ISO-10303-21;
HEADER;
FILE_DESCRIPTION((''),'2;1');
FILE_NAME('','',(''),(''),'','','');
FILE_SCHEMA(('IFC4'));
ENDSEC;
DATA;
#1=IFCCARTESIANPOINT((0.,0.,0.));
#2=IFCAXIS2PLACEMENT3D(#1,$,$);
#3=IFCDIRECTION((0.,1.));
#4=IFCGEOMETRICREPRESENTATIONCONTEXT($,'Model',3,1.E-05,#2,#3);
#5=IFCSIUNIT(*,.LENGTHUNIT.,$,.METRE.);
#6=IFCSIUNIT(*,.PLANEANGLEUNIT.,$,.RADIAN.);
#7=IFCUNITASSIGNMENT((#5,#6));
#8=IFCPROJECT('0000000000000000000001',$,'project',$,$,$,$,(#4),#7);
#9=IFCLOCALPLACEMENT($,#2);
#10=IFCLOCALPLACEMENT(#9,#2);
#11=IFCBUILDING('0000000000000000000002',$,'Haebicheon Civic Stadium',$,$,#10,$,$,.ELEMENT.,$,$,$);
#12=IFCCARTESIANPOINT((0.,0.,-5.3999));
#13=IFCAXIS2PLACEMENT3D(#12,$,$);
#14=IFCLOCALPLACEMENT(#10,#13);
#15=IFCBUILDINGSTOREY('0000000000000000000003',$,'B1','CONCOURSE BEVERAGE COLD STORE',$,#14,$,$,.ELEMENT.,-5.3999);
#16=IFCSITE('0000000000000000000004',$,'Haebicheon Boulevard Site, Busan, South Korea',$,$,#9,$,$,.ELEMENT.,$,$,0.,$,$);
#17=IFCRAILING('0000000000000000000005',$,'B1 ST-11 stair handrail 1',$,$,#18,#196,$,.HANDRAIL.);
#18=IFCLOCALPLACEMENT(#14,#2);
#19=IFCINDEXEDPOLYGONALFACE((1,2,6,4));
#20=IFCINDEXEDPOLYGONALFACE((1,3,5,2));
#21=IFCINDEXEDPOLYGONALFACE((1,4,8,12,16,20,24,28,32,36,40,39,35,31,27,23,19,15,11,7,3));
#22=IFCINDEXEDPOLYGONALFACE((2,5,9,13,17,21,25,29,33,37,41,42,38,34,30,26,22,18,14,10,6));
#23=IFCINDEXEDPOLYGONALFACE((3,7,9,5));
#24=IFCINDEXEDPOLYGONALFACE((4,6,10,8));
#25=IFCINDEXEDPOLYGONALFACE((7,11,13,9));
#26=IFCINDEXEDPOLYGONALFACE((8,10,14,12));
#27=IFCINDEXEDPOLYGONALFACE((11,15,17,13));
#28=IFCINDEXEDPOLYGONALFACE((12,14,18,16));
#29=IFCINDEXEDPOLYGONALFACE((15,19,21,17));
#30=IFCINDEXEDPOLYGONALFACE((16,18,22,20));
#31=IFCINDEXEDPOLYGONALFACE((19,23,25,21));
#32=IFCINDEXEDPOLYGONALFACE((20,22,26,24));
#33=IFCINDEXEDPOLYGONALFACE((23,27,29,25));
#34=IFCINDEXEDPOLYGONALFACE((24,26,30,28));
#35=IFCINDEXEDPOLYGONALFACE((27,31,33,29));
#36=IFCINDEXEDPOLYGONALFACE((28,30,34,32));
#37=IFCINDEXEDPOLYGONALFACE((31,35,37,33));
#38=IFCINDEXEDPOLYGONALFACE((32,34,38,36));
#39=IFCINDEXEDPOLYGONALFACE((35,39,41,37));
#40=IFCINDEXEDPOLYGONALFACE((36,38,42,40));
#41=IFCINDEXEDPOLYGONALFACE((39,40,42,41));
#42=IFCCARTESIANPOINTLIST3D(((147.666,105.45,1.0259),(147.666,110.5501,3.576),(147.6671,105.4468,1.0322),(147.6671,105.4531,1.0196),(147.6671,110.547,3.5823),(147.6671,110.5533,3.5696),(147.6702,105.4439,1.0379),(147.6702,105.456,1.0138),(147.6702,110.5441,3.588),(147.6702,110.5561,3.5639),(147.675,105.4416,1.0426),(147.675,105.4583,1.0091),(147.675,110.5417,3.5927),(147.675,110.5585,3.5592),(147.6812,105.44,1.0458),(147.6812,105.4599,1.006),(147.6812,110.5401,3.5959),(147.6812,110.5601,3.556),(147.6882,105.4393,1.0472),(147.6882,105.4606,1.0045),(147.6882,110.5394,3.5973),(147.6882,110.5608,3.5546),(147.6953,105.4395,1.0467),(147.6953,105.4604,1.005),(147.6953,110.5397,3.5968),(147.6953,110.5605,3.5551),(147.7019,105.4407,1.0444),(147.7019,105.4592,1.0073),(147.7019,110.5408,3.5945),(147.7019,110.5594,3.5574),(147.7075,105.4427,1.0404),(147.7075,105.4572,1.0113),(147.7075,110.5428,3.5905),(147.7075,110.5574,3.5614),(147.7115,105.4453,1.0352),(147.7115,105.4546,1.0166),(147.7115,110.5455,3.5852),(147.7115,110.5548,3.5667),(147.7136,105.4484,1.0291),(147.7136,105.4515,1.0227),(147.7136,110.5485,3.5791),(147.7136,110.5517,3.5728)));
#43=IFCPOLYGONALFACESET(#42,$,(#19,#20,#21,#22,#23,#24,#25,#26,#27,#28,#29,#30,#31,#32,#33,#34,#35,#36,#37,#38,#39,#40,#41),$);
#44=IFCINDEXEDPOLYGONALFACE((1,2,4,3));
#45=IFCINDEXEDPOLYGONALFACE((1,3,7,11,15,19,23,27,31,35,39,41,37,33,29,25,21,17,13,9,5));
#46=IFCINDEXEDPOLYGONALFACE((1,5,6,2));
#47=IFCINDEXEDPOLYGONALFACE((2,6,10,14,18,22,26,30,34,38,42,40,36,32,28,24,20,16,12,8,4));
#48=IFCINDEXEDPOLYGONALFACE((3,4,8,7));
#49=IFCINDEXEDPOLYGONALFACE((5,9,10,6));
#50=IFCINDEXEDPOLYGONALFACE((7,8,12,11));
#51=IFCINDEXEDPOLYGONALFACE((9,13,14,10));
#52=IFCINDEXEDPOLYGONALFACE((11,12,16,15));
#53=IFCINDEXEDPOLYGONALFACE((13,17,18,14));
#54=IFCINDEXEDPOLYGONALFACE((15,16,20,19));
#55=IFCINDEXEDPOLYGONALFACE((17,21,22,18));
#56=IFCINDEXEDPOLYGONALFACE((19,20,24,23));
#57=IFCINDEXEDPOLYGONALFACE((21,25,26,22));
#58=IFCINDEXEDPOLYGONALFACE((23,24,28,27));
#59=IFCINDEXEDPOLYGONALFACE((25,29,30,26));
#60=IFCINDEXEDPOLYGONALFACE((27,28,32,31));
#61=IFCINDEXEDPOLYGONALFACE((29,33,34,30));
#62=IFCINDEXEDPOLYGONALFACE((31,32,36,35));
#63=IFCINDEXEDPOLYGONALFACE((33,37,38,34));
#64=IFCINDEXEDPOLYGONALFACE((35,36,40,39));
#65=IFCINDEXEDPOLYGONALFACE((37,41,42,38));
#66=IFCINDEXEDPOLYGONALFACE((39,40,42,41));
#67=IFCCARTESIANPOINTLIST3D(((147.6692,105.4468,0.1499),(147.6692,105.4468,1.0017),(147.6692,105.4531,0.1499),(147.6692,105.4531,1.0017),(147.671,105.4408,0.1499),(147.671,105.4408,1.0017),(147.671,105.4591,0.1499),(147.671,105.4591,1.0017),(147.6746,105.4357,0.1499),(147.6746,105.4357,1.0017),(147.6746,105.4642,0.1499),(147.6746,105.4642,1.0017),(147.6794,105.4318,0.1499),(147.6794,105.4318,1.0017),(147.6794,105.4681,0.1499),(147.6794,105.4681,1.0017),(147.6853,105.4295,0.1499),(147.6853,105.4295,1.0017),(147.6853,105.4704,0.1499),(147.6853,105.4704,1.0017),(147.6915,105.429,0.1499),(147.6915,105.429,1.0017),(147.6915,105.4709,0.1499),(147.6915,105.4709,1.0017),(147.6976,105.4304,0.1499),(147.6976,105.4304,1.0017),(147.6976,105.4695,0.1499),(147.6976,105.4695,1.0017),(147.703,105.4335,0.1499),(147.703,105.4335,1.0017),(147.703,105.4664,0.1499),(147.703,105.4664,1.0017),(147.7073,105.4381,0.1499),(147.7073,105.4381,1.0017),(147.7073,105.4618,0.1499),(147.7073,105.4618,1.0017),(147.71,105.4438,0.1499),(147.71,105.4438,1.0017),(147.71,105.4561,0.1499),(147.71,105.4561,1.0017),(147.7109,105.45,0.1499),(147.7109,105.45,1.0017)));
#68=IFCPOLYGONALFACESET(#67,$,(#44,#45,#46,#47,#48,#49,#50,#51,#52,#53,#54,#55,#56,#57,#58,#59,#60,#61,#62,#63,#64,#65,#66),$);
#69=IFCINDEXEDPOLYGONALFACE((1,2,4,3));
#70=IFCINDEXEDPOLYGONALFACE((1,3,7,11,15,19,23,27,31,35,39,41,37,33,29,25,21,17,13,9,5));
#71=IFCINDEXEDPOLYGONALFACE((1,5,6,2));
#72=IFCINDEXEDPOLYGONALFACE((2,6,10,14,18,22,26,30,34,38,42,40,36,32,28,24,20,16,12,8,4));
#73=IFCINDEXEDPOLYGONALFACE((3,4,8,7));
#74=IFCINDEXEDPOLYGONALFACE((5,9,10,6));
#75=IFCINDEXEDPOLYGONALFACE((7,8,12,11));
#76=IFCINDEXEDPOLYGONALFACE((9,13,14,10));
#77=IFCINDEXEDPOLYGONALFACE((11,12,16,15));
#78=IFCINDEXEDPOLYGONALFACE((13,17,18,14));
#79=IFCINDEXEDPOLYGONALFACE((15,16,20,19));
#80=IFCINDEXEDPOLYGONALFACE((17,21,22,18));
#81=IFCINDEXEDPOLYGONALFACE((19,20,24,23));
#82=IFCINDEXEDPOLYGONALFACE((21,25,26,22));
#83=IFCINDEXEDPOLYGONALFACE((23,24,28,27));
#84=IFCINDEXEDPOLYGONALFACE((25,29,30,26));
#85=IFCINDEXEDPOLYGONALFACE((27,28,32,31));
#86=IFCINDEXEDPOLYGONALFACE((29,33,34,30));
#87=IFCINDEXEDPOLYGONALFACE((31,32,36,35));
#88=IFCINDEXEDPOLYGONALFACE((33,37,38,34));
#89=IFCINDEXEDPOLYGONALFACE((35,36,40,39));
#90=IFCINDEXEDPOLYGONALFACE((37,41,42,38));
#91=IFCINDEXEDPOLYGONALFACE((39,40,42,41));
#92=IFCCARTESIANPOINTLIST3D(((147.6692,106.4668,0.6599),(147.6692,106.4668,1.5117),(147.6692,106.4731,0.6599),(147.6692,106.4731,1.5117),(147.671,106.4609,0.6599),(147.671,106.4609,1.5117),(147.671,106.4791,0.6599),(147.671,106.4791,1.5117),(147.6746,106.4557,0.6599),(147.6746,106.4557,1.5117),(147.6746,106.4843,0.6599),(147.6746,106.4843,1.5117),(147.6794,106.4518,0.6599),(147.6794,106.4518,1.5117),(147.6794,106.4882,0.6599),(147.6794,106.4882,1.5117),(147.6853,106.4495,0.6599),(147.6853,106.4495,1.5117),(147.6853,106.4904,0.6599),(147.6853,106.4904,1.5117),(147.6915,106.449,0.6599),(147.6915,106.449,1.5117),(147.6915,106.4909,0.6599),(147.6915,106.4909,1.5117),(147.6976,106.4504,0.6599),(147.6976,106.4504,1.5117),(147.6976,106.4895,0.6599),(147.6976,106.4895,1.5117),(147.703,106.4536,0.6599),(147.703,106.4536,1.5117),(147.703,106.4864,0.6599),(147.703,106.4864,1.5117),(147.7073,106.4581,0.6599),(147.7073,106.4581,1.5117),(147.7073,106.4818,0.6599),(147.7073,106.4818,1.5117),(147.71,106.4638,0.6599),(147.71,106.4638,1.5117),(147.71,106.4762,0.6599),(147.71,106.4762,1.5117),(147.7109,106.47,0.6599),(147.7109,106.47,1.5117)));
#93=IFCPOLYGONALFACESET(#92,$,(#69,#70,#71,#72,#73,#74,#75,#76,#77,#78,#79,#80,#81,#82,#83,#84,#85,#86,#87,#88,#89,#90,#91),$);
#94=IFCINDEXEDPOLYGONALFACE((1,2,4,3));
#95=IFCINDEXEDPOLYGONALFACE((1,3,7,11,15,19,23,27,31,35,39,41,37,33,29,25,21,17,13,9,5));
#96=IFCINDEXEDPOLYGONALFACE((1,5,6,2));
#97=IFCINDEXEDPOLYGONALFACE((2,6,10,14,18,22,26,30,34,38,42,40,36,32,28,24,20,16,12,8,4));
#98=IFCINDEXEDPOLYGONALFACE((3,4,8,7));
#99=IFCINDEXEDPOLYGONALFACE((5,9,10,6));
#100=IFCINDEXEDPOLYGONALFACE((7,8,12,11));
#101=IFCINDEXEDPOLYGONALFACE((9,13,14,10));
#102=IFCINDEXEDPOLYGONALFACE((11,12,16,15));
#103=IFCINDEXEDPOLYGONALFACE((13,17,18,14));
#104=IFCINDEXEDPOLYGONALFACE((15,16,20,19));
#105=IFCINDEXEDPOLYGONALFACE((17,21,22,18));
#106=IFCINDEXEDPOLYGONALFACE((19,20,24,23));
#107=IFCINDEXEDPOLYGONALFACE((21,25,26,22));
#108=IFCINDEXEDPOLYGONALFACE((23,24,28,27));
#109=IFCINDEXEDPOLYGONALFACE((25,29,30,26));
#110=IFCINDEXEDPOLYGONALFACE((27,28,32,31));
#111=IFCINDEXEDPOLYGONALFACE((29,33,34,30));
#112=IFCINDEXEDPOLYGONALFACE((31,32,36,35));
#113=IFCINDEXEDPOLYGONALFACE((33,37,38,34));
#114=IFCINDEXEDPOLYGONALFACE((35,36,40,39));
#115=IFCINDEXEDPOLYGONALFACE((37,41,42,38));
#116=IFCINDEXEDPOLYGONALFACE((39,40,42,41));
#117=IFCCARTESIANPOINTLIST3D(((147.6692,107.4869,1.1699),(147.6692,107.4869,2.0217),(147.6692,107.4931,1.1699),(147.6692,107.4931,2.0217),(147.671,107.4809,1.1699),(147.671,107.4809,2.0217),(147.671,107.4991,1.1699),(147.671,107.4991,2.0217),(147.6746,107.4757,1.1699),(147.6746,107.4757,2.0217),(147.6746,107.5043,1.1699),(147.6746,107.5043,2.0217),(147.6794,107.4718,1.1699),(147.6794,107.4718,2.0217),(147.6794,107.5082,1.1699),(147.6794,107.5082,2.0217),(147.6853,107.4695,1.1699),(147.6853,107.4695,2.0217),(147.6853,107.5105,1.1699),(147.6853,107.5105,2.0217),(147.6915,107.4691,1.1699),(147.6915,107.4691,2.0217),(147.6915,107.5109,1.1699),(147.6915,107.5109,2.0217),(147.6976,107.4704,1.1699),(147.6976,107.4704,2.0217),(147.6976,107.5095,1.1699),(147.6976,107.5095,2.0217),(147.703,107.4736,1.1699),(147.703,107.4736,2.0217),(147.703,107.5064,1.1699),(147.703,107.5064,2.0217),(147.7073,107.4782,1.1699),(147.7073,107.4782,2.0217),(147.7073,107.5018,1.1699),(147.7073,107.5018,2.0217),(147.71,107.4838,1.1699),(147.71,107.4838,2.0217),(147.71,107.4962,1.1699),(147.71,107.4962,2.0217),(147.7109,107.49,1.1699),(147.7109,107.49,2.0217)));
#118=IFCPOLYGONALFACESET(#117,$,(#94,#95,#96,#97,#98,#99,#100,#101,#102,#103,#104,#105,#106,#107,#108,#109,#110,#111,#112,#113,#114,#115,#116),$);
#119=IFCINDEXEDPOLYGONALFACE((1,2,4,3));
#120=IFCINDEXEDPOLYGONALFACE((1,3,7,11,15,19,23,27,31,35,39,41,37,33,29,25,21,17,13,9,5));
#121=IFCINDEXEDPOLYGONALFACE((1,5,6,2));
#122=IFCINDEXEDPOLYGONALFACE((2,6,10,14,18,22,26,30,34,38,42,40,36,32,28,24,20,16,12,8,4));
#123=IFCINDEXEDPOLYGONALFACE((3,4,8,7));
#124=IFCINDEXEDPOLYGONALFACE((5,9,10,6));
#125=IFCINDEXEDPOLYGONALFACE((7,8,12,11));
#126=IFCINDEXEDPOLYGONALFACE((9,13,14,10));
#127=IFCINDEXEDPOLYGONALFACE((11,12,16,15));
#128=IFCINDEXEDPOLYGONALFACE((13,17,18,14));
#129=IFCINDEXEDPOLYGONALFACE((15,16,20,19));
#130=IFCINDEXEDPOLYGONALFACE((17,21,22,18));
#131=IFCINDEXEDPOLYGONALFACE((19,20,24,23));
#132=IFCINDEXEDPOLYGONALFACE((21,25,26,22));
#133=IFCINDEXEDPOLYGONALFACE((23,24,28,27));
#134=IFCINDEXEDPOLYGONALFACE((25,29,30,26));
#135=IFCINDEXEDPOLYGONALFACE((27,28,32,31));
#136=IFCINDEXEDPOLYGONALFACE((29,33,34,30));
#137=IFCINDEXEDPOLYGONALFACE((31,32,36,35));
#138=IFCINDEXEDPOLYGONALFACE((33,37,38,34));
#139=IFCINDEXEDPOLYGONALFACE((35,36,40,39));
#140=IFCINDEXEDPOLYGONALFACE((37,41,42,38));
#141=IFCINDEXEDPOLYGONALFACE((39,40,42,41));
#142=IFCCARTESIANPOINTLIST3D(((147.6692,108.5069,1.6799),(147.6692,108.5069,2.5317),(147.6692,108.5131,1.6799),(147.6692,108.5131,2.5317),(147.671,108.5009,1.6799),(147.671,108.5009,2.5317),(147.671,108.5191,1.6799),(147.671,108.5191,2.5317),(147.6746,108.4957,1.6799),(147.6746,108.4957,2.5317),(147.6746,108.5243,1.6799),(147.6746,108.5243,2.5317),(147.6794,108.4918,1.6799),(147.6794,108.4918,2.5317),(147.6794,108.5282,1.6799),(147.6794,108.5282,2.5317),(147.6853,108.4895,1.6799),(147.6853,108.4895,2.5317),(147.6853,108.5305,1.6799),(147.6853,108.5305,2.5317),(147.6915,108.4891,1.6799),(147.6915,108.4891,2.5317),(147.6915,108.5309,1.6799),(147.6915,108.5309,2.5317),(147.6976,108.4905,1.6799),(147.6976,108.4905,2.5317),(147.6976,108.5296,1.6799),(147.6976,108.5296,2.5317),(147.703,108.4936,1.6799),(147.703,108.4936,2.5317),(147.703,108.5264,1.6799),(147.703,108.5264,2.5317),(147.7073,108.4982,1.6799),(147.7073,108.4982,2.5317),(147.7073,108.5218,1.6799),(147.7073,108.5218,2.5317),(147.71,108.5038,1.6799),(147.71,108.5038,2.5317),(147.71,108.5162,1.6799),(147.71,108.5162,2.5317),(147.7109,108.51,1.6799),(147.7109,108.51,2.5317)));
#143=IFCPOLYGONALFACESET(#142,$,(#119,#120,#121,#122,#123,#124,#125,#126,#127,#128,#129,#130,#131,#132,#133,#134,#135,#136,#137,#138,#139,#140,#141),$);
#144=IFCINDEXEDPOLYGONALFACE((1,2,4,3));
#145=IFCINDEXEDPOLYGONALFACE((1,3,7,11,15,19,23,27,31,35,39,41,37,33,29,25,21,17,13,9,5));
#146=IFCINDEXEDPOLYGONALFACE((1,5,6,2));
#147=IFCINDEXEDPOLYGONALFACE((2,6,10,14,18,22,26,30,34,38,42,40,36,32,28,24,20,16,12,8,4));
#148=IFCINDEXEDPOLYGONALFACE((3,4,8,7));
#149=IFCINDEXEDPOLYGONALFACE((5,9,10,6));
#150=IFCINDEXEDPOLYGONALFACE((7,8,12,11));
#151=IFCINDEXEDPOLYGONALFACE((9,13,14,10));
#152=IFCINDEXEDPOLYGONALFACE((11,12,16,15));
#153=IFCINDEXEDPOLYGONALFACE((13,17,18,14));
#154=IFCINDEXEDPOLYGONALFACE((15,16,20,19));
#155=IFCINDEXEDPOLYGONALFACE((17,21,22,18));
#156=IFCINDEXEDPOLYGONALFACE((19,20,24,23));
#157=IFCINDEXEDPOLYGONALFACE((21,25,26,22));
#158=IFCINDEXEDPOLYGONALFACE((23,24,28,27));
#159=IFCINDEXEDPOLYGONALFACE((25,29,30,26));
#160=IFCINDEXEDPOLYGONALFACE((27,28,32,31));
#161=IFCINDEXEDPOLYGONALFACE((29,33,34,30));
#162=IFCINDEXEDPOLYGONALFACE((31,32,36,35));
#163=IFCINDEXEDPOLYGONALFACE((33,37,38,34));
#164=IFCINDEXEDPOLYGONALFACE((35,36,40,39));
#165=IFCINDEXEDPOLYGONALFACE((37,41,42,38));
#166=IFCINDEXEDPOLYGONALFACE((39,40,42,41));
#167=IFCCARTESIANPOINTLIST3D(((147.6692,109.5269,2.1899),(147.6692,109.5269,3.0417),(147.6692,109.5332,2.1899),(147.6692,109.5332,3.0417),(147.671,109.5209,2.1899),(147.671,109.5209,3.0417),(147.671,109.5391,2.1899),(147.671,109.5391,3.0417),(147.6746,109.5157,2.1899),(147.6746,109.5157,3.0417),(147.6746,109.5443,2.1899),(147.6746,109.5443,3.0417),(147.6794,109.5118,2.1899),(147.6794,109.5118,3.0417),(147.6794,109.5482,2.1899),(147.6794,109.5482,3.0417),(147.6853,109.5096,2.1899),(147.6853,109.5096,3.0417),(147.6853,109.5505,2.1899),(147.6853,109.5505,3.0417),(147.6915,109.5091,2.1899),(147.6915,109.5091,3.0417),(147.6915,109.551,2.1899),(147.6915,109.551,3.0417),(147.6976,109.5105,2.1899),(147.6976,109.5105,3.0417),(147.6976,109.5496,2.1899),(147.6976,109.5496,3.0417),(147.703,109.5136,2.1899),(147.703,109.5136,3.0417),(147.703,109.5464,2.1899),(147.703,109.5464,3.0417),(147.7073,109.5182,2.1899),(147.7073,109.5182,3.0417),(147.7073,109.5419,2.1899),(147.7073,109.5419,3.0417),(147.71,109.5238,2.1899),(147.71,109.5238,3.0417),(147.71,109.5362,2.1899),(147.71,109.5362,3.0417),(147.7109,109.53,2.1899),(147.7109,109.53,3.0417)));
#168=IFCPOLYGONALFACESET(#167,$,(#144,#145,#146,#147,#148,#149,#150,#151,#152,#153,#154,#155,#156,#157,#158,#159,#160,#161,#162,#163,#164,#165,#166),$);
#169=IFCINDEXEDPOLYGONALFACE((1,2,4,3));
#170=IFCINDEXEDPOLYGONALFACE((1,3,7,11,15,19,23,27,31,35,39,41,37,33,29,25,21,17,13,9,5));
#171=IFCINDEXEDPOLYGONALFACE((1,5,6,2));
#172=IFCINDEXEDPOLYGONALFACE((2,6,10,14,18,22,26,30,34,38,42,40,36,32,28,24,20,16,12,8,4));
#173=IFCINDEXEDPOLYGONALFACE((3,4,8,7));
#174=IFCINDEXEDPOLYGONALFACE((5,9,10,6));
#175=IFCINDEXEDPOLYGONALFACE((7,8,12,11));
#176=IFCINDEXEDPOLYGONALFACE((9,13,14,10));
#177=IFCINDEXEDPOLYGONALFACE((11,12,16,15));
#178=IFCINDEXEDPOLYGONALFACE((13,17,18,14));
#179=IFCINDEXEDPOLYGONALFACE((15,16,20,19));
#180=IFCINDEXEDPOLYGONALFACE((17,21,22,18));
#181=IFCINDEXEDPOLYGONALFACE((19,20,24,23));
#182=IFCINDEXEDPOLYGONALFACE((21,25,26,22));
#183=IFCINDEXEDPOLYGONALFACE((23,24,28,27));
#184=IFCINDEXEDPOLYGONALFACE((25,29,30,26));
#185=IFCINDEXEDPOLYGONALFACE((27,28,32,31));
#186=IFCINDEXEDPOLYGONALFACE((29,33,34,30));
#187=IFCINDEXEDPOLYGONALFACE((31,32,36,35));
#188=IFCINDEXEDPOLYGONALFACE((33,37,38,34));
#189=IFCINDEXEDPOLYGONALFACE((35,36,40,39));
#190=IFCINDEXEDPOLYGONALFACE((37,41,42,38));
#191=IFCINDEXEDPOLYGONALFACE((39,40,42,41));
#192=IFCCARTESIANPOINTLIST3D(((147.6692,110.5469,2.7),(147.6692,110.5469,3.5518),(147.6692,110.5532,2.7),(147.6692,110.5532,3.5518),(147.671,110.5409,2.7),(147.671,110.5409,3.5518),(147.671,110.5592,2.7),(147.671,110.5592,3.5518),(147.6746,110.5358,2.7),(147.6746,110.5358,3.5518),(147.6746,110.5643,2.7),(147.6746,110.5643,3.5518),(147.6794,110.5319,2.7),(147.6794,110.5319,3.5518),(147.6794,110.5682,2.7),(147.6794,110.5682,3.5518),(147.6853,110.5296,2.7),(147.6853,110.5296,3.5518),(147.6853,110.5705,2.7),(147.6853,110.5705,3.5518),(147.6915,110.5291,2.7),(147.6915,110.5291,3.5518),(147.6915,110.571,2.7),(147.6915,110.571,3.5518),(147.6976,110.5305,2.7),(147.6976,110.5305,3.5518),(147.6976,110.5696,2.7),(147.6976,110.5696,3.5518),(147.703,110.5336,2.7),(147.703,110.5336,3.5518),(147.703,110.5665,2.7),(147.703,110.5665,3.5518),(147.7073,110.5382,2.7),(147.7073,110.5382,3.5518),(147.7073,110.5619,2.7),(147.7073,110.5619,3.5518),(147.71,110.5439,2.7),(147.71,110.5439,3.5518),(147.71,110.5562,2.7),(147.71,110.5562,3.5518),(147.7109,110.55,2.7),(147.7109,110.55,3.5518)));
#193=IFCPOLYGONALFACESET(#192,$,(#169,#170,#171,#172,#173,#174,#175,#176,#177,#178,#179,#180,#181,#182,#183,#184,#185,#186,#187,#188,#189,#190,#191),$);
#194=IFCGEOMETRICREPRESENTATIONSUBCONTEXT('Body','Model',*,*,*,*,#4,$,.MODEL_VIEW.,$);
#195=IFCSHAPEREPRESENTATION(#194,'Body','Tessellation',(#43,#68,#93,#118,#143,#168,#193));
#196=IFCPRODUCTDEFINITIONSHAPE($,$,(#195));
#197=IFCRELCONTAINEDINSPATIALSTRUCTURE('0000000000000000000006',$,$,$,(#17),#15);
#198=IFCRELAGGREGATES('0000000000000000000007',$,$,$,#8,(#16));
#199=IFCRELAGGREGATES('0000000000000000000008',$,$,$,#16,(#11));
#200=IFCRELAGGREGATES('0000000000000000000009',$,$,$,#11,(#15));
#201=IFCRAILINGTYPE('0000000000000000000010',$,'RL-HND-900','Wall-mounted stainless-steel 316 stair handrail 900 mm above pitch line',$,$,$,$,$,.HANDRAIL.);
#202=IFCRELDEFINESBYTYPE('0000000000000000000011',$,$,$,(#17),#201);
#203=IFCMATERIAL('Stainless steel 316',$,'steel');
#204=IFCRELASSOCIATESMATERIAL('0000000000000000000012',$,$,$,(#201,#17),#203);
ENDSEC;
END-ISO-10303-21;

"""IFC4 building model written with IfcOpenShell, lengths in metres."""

from ifc_helpers import new_model, si_unit, direction, frame, origin, origin_2d, place, context, subcontext, project, spatial, circle, extrude, material, type_object, element, save


model = new_model("IFC4")

# Units and contexts
model_context = context("Model", 3, precision=1e-05, world=origin(), true_north=direction((0.0, 1.0)))
body_context = subcontext(model_context, "Body", "Model", "MODEL_VIEW")
ifc_project = project(units=[si_unit("LENGTHUNIT", "METRE"), si_unit("PLANEANGLEUNIT", "RADIAN")], contexts=[model_context])

# Site, building, storey
site_placement = place(None, origin())
site = spatial("IfcSite", under=ifc_project, at=site_placement, Name="Haebicheon Boulevard Site, Busan, South Korea", CompositionType="ELEMENT", RefElevation=0.0)
building_placement = place(site_placement, origin())
building = spatial("IfcBuilding", under=site, at=building_placement, Name="Haebicheon Civic Stadium", CompositionType="ELEMENT")
storey_placement = place(building_placement, frame((0.0, 0.0, -5.3999)))
storey = spatial("IfcBuildingStorey", under=building, at=storey_placement, Name="B1", Description="CONCOURSE BEVERAGE COLD STORE", CompositionType="ELEMENT", Elevation=-5.3999)

# Railing
ifc_material_1 = material(Name="Stainless steel 316", Category="steel")
railing_type_1 = type_object("IfcRailingType", Name="RL-HND-900", Description="Wall-mounted stainless-steel 316 stair handrail 900 mm above pitch line", PredefinedType="HANDRAIL", material=ifc_material_1)
railing_1_placement = place(storey_placement, frame((147.6899, 105.45, 0.1499)))
element("IfcRailing", 1, at=railing_1_placement, inside=storey, type_object=railing_type_1, material=ifc_material_1, Name="B1 ST-11 stair handrail 1", PredefinedType="HANDRAIL", context=body_context, shape_type="SweptSolid", body=[
    extrude(circle(Radius=0.0239, at=origin_2d()), frame((0.0, 0.0, 0.876), z_axis=(0.0, 0.894427, 0.447214), x_axis=(-1.0, 0.0, 0.0)), (0.0, 0.0, 1.0), 5.7021),
    extrude(circle(Radius=0.021, at=origin_2d()), origin(), (0.0, 0.0, 1.0), 0.8518),
    extrude(circle(Radius=0.021, at=origin_2d()), frame((0.0, 1.02, 0.51)), (0.0, 0.0, 1.0), 0.8518),
    extrude(circle(Radius=0.021, at=origin_2d()), frame((0.0, 2.04, 1.02)), (0.0, 0.0, 1.0), 0.8518),
    extrude(circle(Radius=0.021, at=origin_2d()), frame((0.0, 3.0601, 1.53)), (0.0, 0.0, 1.0), 0.8518),
    extrude(circle(Radius=0.021, at=origin_2d()), frame((0.0, 4.0801, 2.04)), (0.0, 0.0, 1.0), 0.8518),
    extrude(circle(Radius=0.021, at=origin_2d()), frame((0.0, 5.1001, 2.55)), (0.0, 0.0, 1.0), 0.8518),
])

save(model, "model.ifc")
